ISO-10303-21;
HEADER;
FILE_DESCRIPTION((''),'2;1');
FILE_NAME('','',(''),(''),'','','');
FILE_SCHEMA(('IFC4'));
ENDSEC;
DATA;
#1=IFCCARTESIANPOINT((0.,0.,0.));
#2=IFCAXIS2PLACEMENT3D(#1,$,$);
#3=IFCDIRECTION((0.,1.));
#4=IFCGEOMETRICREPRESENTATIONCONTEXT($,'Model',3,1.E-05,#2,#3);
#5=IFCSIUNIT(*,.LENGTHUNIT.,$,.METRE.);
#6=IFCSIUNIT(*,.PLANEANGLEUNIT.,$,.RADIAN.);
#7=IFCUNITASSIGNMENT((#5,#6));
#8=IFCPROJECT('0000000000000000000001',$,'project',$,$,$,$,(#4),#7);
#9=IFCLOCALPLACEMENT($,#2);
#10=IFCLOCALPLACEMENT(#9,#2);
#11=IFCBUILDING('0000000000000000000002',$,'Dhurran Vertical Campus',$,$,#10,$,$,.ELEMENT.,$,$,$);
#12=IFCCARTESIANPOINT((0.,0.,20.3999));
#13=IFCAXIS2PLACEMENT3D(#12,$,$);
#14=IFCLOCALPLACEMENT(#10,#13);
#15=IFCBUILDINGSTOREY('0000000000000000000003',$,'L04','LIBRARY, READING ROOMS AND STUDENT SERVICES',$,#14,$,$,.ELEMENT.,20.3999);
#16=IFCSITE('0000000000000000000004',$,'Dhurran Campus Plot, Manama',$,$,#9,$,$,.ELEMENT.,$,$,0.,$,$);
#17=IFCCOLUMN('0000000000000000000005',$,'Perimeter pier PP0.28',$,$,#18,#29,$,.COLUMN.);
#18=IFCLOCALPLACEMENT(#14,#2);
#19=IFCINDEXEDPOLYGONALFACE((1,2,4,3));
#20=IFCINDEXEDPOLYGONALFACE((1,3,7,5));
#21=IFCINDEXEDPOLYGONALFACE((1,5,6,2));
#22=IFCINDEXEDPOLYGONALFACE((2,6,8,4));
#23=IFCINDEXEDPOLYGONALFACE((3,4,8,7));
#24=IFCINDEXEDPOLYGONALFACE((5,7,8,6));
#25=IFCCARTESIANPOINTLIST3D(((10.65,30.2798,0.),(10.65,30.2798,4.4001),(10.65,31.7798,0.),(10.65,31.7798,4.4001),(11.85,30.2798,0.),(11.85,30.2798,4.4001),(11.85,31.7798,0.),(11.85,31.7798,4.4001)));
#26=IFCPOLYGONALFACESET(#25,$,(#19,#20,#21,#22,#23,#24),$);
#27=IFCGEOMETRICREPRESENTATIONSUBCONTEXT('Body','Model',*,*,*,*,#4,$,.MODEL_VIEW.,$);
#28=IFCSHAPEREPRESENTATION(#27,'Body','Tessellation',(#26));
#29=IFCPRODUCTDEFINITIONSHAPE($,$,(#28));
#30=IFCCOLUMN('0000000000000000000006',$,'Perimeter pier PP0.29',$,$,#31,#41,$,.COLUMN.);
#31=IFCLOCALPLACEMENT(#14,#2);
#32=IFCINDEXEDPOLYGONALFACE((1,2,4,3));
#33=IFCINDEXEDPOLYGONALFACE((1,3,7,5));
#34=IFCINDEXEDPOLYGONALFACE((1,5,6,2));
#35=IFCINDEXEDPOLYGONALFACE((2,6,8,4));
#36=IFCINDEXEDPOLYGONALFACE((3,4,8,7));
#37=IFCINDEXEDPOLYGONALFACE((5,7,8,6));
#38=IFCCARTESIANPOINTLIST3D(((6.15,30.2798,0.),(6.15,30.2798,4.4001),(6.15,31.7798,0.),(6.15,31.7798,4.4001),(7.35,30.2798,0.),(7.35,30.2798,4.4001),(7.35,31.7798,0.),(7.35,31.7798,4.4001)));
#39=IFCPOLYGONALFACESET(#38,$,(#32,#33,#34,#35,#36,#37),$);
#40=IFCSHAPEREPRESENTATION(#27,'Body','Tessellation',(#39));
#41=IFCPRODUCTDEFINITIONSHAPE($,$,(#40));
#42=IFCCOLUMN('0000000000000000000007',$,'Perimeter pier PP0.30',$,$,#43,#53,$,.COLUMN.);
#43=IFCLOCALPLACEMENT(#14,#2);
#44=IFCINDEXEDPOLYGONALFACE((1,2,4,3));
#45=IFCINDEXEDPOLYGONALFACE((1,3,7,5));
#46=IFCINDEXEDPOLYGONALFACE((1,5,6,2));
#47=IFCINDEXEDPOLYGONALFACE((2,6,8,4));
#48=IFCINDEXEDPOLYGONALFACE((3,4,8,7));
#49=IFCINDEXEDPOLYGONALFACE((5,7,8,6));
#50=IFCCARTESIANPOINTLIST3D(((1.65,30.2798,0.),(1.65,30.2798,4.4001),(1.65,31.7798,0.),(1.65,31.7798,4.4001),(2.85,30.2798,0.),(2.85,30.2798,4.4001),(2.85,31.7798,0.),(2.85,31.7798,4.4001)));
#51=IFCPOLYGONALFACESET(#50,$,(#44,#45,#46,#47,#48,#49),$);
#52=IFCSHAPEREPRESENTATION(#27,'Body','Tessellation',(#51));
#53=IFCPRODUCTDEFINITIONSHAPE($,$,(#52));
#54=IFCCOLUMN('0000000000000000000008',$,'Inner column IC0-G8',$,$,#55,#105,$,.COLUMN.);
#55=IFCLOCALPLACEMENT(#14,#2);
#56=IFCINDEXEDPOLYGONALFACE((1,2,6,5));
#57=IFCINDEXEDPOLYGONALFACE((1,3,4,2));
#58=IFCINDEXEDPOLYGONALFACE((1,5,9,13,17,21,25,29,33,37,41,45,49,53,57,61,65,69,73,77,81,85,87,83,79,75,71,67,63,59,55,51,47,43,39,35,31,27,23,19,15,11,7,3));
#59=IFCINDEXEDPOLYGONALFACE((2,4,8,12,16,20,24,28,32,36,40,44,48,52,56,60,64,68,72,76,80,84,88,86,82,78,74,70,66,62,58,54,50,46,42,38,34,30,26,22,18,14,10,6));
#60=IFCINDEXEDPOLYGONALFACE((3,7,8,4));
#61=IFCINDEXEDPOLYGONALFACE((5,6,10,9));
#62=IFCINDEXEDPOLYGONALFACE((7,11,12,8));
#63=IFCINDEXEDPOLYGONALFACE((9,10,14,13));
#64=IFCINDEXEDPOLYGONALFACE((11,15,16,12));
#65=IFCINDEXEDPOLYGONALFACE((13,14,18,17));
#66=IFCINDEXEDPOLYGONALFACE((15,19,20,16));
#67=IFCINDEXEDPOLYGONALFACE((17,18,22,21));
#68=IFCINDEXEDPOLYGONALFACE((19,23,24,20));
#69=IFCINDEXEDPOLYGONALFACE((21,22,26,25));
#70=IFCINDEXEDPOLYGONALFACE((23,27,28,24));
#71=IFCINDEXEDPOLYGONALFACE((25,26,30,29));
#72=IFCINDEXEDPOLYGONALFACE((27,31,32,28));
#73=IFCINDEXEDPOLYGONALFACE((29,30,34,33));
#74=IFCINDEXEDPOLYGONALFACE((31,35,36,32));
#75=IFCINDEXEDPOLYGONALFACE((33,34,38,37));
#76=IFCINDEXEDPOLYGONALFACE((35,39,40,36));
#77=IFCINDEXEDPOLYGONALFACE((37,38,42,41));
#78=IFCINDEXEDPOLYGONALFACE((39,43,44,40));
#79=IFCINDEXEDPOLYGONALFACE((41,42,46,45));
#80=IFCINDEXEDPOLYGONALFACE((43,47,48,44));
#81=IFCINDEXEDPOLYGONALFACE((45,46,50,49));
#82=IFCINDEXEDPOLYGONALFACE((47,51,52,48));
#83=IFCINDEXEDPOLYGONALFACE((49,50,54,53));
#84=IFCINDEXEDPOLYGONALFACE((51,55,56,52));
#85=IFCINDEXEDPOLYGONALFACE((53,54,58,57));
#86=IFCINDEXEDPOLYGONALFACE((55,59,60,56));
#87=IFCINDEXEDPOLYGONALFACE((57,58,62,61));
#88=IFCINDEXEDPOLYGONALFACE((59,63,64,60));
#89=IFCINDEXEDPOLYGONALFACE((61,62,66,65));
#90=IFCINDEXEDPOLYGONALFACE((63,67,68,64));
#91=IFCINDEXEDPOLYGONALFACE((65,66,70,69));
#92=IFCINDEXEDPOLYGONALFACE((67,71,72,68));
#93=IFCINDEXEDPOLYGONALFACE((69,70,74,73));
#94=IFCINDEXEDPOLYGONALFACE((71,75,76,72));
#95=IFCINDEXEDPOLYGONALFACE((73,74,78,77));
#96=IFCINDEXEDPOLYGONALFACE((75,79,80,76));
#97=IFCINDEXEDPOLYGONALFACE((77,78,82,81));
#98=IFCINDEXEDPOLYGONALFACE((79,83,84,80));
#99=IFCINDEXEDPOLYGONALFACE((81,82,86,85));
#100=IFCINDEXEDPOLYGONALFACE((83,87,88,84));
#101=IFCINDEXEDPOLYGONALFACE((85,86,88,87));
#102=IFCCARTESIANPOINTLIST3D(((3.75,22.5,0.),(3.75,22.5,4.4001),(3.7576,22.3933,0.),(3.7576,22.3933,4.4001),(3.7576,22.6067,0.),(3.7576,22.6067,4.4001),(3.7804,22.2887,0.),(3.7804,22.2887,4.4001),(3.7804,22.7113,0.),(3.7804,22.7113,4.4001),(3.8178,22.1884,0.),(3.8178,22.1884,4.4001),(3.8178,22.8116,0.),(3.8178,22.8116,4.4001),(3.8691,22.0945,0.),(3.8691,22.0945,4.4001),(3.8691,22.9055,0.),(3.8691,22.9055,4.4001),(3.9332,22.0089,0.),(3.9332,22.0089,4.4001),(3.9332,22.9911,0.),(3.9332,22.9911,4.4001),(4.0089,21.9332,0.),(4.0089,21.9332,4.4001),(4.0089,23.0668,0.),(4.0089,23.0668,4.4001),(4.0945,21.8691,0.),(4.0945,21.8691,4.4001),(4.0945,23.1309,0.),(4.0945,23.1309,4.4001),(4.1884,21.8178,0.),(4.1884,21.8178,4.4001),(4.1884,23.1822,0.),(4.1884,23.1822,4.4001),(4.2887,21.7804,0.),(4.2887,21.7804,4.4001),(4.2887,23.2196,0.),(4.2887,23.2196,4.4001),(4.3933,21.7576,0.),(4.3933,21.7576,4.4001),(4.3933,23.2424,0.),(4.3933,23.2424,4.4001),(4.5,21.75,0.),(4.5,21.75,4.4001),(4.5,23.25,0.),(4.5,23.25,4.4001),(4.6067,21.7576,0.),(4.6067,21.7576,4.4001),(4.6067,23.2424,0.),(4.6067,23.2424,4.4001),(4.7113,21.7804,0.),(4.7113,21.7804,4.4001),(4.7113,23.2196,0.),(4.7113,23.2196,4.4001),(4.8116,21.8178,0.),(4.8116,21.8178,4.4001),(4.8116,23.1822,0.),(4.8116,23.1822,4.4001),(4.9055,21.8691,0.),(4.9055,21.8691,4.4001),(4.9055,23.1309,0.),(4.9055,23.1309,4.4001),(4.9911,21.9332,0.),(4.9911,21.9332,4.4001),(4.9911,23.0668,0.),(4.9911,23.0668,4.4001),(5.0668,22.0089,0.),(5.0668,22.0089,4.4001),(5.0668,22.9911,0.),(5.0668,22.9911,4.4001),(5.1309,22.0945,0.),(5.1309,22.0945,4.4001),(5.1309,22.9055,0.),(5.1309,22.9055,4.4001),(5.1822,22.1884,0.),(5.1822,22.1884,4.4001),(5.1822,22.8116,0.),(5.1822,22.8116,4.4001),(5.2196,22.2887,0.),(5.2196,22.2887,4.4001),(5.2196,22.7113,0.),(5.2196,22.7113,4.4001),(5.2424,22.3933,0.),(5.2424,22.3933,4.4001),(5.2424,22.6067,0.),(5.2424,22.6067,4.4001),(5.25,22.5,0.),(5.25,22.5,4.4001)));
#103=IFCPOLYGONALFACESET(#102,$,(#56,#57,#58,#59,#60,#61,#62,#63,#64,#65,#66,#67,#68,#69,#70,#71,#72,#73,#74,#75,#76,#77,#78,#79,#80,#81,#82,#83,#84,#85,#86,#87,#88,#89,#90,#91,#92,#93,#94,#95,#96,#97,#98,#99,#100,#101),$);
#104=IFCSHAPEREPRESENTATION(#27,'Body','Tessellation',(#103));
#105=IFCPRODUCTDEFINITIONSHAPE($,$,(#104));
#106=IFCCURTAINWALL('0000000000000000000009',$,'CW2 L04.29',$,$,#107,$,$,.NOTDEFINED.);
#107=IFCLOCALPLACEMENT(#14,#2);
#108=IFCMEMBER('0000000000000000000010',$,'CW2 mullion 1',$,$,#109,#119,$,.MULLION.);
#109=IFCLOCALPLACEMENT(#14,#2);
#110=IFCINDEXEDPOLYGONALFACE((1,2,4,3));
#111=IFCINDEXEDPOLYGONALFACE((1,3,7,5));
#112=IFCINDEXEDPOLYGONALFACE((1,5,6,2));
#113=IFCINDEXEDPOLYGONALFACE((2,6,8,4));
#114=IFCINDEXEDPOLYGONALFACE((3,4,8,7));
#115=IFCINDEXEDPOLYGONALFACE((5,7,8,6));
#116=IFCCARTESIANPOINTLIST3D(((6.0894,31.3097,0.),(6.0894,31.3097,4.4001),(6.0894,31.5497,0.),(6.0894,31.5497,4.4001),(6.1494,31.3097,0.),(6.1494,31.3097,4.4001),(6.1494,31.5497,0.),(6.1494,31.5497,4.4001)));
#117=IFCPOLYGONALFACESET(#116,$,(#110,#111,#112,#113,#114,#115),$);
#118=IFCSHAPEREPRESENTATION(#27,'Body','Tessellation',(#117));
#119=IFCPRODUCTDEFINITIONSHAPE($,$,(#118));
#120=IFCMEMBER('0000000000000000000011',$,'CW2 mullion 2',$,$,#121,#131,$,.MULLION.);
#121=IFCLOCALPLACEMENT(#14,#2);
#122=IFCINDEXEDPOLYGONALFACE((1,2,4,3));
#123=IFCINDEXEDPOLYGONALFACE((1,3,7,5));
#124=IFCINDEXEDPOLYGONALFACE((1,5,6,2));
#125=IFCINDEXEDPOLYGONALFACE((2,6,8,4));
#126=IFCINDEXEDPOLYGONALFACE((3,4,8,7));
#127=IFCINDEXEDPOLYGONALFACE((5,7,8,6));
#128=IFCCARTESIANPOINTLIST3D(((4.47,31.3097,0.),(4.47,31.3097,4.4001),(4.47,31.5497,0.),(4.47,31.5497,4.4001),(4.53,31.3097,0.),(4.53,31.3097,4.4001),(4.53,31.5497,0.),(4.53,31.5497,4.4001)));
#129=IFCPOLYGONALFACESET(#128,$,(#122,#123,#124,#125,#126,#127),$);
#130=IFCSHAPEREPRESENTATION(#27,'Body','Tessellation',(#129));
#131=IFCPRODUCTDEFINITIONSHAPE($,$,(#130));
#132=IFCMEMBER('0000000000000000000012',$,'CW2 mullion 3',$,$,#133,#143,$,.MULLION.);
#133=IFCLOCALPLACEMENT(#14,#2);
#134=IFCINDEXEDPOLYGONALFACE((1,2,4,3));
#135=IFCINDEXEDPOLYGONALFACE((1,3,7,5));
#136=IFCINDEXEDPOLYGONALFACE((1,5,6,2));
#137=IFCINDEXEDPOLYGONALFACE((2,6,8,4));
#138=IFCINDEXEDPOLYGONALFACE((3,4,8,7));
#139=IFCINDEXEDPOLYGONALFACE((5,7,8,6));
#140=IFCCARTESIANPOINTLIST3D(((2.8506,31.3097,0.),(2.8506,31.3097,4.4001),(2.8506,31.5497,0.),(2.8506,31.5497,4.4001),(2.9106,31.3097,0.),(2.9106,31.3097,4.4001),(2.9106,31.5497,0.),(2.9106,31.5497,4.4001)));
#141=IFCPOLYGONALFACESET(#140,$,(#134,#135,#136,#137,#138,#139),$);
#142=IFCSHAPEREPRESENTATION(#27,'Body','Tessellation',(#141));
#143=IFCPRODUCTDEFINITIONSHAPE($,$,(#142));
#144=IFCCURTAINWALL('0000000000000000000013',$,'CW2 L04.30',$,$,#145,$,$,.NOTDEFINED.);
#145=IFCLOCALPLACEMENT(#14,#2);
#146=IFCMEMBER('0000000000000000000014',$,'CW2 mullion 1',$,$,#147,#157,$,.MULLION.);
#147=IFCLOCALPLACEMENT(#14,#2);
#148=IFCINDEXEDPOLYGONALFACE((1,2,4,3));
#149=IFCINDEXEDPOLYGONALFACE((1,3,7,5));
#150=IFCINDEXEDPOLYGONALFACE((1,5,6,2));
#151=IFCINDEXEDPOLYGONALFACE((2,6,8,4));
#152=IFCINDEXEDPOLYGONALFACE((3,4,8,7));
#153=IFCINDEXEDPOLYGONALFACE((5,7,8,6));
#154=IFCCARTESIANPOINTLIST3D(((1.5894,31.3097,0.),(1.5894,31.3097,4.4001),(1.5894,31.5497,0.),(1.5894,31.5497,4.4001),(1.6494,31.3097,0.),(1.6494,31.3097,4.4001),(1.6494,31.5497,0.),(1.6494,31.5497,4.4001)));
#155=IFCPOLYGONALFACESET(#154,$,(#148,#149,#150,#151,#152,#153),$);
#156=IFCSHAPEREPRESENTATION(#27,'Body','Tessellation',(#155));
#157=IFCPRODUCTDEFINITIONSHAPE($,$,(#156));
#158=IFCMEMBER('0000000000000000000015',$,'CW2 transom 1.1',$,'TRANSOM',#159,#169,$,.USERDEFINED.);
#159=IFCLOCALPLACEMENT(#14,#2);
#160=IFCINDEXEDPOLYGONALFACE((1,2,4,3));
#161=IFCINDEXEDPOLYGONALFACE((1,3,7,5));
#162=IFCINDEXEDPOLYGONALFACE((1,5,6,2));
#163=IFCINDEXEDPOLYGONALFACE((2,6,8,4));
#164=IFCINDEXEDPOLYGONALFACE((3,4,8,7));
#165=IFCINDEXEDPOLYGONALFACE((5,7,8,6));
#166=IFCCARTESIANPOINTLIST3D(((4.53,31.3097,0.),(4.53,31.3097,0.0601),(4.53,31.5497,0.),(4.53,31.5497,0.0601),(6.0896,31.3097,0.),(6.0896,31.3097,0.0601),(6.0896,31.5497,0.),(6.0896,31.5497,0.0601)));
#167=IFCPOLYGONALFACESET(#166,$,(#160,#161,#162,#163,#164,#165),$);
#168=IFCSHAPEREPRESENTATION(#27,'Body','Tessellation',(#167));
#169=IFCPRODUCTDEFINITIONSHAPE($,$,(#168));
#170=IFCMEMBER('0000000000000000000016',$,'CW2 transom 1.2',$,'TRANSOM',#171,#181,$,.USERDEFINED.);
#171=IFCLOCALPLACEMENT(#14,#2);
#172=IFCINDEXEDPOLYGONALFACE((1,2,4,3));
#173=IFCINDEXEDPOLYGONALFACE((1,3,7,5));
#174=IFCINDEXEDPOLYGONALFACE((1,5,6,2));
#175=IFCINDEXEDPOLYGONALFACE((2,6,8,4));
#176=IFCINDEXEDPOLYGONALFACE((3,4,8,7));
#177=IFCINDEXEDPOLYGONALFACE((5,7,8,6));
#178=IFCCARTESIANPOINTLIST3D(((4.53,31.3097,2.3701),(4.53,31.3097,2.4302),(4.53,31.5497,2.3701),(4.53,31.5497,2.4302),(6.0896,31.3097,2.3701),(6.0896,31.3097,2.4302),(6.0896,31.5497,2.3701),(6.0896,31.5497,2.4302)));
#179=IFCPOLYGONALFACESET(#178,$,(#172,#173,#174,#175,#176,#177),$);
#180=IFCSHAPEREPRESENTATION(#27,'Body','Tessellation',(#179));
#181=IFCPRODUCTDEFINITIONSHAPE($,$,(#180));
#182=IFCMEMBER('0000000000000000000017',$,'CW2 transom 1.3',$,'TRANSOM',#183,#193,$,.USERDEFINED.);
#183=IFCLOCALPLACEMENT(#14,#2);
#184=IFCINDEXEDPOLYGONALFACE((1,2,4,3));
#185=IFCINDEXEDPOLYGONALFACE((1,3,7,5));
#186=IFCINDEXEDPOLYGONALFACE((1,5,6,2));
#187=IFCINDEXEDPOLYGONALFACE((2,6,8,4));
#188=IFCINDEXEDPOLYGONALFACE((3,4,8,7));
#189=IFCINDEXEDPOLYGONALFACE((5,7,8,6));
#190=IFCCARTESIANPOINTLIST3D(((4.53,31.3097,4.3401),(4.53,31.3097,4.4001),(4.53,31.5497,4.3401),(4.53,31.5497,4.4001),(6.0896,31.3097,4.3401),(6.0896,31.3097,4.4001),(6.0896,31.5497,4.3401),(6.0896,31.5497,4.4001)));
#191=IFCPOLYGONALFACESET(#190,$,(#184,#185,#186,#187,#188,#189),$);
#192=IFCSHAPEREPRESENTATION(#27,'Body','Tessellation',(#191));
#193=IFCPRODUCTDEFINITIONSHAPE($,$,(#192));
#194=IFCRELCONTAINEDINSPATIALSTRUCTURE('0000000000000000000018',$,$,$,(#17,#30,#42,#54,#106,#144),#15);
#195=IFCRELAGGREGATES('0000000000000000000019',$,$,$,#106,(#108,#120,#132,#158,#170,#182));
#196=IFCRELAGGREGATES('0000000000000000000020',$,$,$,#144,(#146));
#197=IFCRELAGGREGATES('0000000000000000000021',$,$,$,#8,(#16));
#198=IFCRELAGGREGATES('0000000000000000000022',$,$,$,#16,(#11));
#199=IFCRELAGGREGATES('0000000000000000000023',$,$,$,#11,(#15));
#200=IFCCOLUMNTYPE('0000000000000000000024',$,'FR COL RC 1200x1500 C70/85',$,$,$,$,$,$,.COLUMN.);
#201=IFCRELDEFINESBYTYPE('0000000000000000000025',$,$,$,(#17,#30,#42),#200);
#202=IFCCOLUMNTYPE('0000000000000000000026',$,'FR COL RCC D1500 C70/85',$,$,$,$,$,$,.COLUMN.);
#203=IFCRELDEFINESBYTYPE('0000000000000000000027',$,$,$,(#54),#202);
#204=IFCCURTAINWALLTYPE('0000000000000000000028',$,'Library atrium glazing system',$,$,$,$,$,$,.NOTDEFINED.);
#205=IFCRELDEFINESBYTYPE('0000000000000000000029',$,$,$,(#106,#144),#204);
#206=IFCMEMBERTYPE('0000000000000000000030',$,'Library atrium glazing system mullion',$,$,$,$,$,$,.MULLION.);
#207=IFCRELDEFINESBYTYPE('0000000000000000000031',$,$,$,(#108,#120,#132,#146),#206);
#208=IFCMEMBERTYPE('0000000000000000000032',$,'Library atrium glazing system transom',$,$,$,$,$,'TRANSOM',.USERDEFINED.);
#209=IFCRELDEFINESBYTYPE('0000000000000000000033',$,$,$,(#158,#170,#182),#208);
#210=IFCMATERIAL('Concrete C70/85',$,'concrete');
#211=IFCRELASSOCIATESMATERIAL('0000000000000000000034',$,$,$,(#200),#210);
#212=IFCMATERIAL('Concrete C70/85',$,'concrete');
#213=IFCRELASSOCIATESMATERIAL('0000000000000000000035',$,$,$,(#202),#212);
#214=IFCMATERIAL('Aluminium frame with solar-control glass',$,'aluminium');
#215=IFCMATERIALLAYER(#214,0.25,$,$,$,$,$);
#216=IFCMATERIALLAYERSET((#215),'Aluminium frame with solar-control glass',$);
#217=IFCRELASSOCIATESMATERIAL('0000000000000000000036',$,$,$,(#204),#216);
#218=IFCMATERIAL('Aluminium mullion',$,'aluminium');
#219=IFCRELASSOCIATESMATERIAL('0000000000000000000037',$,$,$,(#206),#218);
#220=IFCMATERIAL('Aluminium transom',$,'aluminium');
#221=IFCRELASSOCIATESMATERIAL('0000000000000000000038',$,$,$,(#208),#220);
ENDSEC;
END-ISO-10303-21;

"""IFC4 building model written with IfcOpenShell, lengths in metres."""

from ifc_helpers import new_model, si_unit, direction, frame, origin, origin_2d, place, context, subcontext, project, spatial, rectangle, circle, extrude, material, layer, layer_set, material_profile, profile_set, type_object, element, aggregate, save


model = new_model("IFC4")

# Units and contexts
model_context = context("Model", 3, precision=1e-05, world=origin(), true_north=direction((0.0, 1.0)))
body_context = subcontext(model_context, "Body", "Model", "MODEL_VIEW")
ifc_project = project(units=[si_unit("LENGTHUNIT", "METRE"), si_unit("PLANEANGLEUNIT", "RADIAN")], contexts=[model_context])

# Site, building, storey
site_placement = place(None, origin())
site = spatial("IfcSite", under=ifc_project, at=site_placement, Name="Dhurran Campus Plot, Manama", CompositionType="ELEMENT", RefElevation=0.0)
building_placement = place(site_placement, origin())
building = spatial("IfcBuilding", under=site, at=building_placement, Name="Dhurran Vertical Campus", CompositionType="ELEMENT")
storey_placement = place(building_placement, frame((0.0, 0.0, 20.3999)))
storey = spatial("IfcBuildingStorey", under=building, at=storey_placement, Name="L04", Description="LIBRARY, READING ROOMS AND STUDENT SERVICES", CompositionType="ELEMENT", Elevation=20.3999)

# Columns
ifc_material_1 = material(Name="Concrete C70/85", Category="concrete")
ifc_material_profile_1 = material_profile(ifc_material_1, rectangle(XDim=1.2, YDim=1.5, at=origin_2d()), Name="RC 1200x1500")
ifc_profile_set_1 = profile_set([ifc_material_profile_1], Name="Concrete C70/85")
column_type_1 = type_object("IfcColumnType", Name="FR COL RC 1200x1500 C70/85", PredefinedType="COLUMN", material=ifc_profile_set_1)
for number, where, z_axis, x_axis, name in (
    (1, (11.25, 31.0298, 0.0), (0.0, 0.0, 1.0), (-1.0, 0.0, 0.0), "Perimeter pier PP0.28"),
    (2, (6.75, 31.0298, 0.0), (0.0, 0.0, 1.0), (-1.0, 0.0, 0.0), "Perimeter pier PP0.29"),
    (3, (2.25, 31.0298, 0.0), (0.0, 0.0, 1.0), (-1.0, 0.0, 0.0), "Perimeter pier PP0.30"),
):
    element("IfcColumn", number, at=place(storey_placement, frame(where, z_axis=z_axis, x_axis=x_axis)), inside=storey, type_object=column_type_1, Name=name, PredefinedType="COLUMN", context=body_context, shape_type="SweptSolid", body=[
        extrude(rectangle(XDim=1.2, YDim=1.5, at=origin_2d()), origin(), (0.0, 0.0, 1.0), 4.4001),
    ])
ifc_material_2 = material(Name="Concrete C70/85", Category="concrete")
ifc_material_profile_2 = material_profile(ifc_material_2, circle(Radius=0.75, at=origin_2d()), Name="RCC D1500")
ifc_profile_set_2 = profile_set([ifc_material_profile_2], Name="Concrete C70/85")
column_type_2 = type_object("IfcColumnType", Name="FR COL RCC D1500 C70/85", PredefinedType="COLUMN", material=ifc_profile_set_2)
column_placement = place(storey_placement, frame((4.5, 22.5, 0.0), z_axis=(0.0, 0.0, 1.0), x_axis=(1.0, 0.0, 0.0)))
element("IfcColumn", 4, at=column_placement, inside=storey, type_object=column_type_2, Name="Inner column IC0-G8", PredefinedType="COLUMN", context=body_context, shape_type="SweptSolid", body=[
    extrude(circle(Radius=0.75, at=origin_2d()), origin(), (0.0, 0.0, 1.0), 4.4001),
])

# Curtain wall, members
ifc_material_3 = material(Name="Aluminium frame with solar-control glass", Category="aluminium")
ifc_layer_1 = layer(ifc_material_3, 0.25)
ifc_layer_set_1 = layer_set([ifc_layer_1], Name="Aluminium frame with solar-control glass")
curtain_wall_type = type_object("IfcCurtainWallType", Name="Library atrium glazing system", PredefinedType="NOTDEFINED", material=ifc_layer_set_1)
curtain_wall_1_placement = place(storey_placement, origin())
curtain_wall_1 = element("IfcCurtainWall", 5, at=curtain_wall_1_placement, inside=storey, type_object=curtain_wall_type, Name="CW2 L04.29", PredefinedType="NOTDEFINED")
ifc_material_4 = material(Name="Aluminium mullion", Category="aluminium")
ifc_material_profile_3 = material_profile(ifc_material_4, rectangle(XDim=0.24, YDim=0.0601, at=origin_2d()), Name="Library atrium glazing system mullion")
ifc_profile_set_3 = profile_set([ifc_material_profile_3], Name="Aluminium mullion")
member_type_1 = type_object("IfcMemberType", Name="Library atrium glazing system mullion", PredefinedType="MULLION", material=ifc_profile_set_3)
member_1_placement = place(storey_placement, frame((6.1194, 31.4297, 0.0), z_axis=(0.0, 0.0, 1.0), x_axis=(0.0, -1.0, 0.0)))
member_1 = element("IfcMember", 6, at=member_1_placement, type_object=member_type_1, Name="CW2 mullion 1", PredefinedType="MULLION", context=body_context, shape_type="SweptSolid", body=[
    extrude(rectangle(XDim=0.24, YDim=0.0601, at=origin_2d()), origin(), (0.0, 0.0, 1.0), 4.4001),
])
member_2_placement = place(storey_placement, frame((4.5, 31.4297, 0.0), z_axis=(0.0, 0.0, 1.0), x_axis=(0.0, -1.0, 0.0)))
member_2 = element("IfcMember", 7, at=member_2_placement, type_object=member_type_1, Name="CW2 mullion 2", PredefinedType="MULLION", context=body_context, shape_type="SweptSolid", body=[
    extrude(rectangle(XDim=0.24, YDim=0.0601, at=origin_2d()), origin(), (0.0, 0.0, 1.0), 4.4001),
])
member_3_placement = place(storey_placement, frame((2.8806, 31.4297, 0.0), z_axis=(0.0, 0.0, 1.0), x_axis=(0.0, -1.0, 0.0)))
member_3 = element("IfcMember", 8, at=member_3_placement, type_object=member_type_1, Name="CW2 mullion 3", PredefinedType="MULLION", context=body_context, shape_type="SweptSolid", body=[
    extrude(rectangle(XDim=0.24, YDim=0.0601, at=origin_2d()), origin(), (0.0, 0.0, 1.0), 4.4001),
])

# Curtain wall, member
curtain_wall_2_placement = place(storey_placement, origin())
curtain_wall_2 = element("IfcCurtainWall", 9, at=curtain_wall_2_placement, inside=storey, type_object=curtain_wall_type, Name="CW2 L04.30", PredefinedType="NOTDEFINED")
member_4_placement = place(storey_placement, frame((1.6194, 31.4297, 0.0), z_axis=(0.0, 0.0, 1.0), x_axis=(0.0, -1.0, 0.0)))
member_4 = element("IfcMember", 10, at=member_4_placement, type_object=member_type_1, Name="CW2 mullion 1", PredefinedType="MULLION", context=body_context, shape_type="SweptSolid", body=[
    extrude(rectangle(XDim=0.24, YDim=0.0601, at=origin_2d()), origin(), (0.0, 0.0, 1.0), 4.4001),
])

# Members
ifc_material_5 = material(Name="Aluminium transom", Category="aluminium")
ifc_material_profile_4 = material_profile(ifc_material_5, rectangle(XDim=0.24, YDim=0.0601, at=origin_2d()), Name="Library atrium glazing system transom")
ifc_profile_set_4 = profile_set([ifc_material_profile_4], Name="Aluminium transom")
member_type_2 = type_object("IfcMemberType", Name="Library atrium glazing system transom", ElementType="TRANSOM", PredefinedType="USERDEFINED", material=ifc_profile_set_4)
member_5_placement = place(storey_placement, frame((6.0896, 31.4297, 0.03), z_axis=(-1.0, 0.0, 0.0), x_axis=(0.0, -1.0, 0.0)))
member_5 = element("IfcMember", 11, at=member_5_placement, type_object=member_type_2, Name="CW2 transom 1.1", ObjectType="TRANSOM", PredefinedType="USERDEFINED", context=body_context, shape_type="SweptSolid", body=[
    extrude(rectangle(XDim=0.24, YDim=0.0601, at=origin_2d()), origin(), (0.0, 0.0, 1.0), 1.5596),
])
member_6_placement = place(storey_placement, frame((6.0896, 31.4297, 2.4001), z_axis=(-1.0, 0.0, 0.0), x_axis=(0.0, -1.0, 0.0)))
member_6 = element("IfcMember", 12, at=member_6_placement, type_object=member_type_2, Name="CW2 transom 1.2", ObjectType="TRANSOM", PredefinedType="USERDEFINED", context=body_context, shape_type="SweptSolid", body=[
    extrude(rectangle(XDim=0.24, YDim=0.0601, at=origin_2d()), origin(), (0.0, 0.0, 1.0), 1.5596),
])
member_7_placement = place(storey_placement, frame((6.0896, 31.4297, 4.3701), z_axis=(-1.0, 0.0, 0.0), x_axis=(0.0, -1.0, 0.0)))
member_7 = element("IfcMember", 13, at=member_7_placement, type_object=member_type_2, Name="CW2 transom 1.3", ObjectType="TRANSOM", PredefinedType="USERDEFINED", context=body_context, shape_type="SweptSolid", body=[
    extrude(rectangle(XDim=0.24, YDim=0.0601, at=origin_2d()), origin(), (0.0, 0.0, 1.0), 1.5596),
])

aggregate(curtain_wall_1, [member_1, member_2, member_3, member_5, member_6, member_7])
aggregate(curtain_wall_2, [member_4])

save(model, "model.ifc")
